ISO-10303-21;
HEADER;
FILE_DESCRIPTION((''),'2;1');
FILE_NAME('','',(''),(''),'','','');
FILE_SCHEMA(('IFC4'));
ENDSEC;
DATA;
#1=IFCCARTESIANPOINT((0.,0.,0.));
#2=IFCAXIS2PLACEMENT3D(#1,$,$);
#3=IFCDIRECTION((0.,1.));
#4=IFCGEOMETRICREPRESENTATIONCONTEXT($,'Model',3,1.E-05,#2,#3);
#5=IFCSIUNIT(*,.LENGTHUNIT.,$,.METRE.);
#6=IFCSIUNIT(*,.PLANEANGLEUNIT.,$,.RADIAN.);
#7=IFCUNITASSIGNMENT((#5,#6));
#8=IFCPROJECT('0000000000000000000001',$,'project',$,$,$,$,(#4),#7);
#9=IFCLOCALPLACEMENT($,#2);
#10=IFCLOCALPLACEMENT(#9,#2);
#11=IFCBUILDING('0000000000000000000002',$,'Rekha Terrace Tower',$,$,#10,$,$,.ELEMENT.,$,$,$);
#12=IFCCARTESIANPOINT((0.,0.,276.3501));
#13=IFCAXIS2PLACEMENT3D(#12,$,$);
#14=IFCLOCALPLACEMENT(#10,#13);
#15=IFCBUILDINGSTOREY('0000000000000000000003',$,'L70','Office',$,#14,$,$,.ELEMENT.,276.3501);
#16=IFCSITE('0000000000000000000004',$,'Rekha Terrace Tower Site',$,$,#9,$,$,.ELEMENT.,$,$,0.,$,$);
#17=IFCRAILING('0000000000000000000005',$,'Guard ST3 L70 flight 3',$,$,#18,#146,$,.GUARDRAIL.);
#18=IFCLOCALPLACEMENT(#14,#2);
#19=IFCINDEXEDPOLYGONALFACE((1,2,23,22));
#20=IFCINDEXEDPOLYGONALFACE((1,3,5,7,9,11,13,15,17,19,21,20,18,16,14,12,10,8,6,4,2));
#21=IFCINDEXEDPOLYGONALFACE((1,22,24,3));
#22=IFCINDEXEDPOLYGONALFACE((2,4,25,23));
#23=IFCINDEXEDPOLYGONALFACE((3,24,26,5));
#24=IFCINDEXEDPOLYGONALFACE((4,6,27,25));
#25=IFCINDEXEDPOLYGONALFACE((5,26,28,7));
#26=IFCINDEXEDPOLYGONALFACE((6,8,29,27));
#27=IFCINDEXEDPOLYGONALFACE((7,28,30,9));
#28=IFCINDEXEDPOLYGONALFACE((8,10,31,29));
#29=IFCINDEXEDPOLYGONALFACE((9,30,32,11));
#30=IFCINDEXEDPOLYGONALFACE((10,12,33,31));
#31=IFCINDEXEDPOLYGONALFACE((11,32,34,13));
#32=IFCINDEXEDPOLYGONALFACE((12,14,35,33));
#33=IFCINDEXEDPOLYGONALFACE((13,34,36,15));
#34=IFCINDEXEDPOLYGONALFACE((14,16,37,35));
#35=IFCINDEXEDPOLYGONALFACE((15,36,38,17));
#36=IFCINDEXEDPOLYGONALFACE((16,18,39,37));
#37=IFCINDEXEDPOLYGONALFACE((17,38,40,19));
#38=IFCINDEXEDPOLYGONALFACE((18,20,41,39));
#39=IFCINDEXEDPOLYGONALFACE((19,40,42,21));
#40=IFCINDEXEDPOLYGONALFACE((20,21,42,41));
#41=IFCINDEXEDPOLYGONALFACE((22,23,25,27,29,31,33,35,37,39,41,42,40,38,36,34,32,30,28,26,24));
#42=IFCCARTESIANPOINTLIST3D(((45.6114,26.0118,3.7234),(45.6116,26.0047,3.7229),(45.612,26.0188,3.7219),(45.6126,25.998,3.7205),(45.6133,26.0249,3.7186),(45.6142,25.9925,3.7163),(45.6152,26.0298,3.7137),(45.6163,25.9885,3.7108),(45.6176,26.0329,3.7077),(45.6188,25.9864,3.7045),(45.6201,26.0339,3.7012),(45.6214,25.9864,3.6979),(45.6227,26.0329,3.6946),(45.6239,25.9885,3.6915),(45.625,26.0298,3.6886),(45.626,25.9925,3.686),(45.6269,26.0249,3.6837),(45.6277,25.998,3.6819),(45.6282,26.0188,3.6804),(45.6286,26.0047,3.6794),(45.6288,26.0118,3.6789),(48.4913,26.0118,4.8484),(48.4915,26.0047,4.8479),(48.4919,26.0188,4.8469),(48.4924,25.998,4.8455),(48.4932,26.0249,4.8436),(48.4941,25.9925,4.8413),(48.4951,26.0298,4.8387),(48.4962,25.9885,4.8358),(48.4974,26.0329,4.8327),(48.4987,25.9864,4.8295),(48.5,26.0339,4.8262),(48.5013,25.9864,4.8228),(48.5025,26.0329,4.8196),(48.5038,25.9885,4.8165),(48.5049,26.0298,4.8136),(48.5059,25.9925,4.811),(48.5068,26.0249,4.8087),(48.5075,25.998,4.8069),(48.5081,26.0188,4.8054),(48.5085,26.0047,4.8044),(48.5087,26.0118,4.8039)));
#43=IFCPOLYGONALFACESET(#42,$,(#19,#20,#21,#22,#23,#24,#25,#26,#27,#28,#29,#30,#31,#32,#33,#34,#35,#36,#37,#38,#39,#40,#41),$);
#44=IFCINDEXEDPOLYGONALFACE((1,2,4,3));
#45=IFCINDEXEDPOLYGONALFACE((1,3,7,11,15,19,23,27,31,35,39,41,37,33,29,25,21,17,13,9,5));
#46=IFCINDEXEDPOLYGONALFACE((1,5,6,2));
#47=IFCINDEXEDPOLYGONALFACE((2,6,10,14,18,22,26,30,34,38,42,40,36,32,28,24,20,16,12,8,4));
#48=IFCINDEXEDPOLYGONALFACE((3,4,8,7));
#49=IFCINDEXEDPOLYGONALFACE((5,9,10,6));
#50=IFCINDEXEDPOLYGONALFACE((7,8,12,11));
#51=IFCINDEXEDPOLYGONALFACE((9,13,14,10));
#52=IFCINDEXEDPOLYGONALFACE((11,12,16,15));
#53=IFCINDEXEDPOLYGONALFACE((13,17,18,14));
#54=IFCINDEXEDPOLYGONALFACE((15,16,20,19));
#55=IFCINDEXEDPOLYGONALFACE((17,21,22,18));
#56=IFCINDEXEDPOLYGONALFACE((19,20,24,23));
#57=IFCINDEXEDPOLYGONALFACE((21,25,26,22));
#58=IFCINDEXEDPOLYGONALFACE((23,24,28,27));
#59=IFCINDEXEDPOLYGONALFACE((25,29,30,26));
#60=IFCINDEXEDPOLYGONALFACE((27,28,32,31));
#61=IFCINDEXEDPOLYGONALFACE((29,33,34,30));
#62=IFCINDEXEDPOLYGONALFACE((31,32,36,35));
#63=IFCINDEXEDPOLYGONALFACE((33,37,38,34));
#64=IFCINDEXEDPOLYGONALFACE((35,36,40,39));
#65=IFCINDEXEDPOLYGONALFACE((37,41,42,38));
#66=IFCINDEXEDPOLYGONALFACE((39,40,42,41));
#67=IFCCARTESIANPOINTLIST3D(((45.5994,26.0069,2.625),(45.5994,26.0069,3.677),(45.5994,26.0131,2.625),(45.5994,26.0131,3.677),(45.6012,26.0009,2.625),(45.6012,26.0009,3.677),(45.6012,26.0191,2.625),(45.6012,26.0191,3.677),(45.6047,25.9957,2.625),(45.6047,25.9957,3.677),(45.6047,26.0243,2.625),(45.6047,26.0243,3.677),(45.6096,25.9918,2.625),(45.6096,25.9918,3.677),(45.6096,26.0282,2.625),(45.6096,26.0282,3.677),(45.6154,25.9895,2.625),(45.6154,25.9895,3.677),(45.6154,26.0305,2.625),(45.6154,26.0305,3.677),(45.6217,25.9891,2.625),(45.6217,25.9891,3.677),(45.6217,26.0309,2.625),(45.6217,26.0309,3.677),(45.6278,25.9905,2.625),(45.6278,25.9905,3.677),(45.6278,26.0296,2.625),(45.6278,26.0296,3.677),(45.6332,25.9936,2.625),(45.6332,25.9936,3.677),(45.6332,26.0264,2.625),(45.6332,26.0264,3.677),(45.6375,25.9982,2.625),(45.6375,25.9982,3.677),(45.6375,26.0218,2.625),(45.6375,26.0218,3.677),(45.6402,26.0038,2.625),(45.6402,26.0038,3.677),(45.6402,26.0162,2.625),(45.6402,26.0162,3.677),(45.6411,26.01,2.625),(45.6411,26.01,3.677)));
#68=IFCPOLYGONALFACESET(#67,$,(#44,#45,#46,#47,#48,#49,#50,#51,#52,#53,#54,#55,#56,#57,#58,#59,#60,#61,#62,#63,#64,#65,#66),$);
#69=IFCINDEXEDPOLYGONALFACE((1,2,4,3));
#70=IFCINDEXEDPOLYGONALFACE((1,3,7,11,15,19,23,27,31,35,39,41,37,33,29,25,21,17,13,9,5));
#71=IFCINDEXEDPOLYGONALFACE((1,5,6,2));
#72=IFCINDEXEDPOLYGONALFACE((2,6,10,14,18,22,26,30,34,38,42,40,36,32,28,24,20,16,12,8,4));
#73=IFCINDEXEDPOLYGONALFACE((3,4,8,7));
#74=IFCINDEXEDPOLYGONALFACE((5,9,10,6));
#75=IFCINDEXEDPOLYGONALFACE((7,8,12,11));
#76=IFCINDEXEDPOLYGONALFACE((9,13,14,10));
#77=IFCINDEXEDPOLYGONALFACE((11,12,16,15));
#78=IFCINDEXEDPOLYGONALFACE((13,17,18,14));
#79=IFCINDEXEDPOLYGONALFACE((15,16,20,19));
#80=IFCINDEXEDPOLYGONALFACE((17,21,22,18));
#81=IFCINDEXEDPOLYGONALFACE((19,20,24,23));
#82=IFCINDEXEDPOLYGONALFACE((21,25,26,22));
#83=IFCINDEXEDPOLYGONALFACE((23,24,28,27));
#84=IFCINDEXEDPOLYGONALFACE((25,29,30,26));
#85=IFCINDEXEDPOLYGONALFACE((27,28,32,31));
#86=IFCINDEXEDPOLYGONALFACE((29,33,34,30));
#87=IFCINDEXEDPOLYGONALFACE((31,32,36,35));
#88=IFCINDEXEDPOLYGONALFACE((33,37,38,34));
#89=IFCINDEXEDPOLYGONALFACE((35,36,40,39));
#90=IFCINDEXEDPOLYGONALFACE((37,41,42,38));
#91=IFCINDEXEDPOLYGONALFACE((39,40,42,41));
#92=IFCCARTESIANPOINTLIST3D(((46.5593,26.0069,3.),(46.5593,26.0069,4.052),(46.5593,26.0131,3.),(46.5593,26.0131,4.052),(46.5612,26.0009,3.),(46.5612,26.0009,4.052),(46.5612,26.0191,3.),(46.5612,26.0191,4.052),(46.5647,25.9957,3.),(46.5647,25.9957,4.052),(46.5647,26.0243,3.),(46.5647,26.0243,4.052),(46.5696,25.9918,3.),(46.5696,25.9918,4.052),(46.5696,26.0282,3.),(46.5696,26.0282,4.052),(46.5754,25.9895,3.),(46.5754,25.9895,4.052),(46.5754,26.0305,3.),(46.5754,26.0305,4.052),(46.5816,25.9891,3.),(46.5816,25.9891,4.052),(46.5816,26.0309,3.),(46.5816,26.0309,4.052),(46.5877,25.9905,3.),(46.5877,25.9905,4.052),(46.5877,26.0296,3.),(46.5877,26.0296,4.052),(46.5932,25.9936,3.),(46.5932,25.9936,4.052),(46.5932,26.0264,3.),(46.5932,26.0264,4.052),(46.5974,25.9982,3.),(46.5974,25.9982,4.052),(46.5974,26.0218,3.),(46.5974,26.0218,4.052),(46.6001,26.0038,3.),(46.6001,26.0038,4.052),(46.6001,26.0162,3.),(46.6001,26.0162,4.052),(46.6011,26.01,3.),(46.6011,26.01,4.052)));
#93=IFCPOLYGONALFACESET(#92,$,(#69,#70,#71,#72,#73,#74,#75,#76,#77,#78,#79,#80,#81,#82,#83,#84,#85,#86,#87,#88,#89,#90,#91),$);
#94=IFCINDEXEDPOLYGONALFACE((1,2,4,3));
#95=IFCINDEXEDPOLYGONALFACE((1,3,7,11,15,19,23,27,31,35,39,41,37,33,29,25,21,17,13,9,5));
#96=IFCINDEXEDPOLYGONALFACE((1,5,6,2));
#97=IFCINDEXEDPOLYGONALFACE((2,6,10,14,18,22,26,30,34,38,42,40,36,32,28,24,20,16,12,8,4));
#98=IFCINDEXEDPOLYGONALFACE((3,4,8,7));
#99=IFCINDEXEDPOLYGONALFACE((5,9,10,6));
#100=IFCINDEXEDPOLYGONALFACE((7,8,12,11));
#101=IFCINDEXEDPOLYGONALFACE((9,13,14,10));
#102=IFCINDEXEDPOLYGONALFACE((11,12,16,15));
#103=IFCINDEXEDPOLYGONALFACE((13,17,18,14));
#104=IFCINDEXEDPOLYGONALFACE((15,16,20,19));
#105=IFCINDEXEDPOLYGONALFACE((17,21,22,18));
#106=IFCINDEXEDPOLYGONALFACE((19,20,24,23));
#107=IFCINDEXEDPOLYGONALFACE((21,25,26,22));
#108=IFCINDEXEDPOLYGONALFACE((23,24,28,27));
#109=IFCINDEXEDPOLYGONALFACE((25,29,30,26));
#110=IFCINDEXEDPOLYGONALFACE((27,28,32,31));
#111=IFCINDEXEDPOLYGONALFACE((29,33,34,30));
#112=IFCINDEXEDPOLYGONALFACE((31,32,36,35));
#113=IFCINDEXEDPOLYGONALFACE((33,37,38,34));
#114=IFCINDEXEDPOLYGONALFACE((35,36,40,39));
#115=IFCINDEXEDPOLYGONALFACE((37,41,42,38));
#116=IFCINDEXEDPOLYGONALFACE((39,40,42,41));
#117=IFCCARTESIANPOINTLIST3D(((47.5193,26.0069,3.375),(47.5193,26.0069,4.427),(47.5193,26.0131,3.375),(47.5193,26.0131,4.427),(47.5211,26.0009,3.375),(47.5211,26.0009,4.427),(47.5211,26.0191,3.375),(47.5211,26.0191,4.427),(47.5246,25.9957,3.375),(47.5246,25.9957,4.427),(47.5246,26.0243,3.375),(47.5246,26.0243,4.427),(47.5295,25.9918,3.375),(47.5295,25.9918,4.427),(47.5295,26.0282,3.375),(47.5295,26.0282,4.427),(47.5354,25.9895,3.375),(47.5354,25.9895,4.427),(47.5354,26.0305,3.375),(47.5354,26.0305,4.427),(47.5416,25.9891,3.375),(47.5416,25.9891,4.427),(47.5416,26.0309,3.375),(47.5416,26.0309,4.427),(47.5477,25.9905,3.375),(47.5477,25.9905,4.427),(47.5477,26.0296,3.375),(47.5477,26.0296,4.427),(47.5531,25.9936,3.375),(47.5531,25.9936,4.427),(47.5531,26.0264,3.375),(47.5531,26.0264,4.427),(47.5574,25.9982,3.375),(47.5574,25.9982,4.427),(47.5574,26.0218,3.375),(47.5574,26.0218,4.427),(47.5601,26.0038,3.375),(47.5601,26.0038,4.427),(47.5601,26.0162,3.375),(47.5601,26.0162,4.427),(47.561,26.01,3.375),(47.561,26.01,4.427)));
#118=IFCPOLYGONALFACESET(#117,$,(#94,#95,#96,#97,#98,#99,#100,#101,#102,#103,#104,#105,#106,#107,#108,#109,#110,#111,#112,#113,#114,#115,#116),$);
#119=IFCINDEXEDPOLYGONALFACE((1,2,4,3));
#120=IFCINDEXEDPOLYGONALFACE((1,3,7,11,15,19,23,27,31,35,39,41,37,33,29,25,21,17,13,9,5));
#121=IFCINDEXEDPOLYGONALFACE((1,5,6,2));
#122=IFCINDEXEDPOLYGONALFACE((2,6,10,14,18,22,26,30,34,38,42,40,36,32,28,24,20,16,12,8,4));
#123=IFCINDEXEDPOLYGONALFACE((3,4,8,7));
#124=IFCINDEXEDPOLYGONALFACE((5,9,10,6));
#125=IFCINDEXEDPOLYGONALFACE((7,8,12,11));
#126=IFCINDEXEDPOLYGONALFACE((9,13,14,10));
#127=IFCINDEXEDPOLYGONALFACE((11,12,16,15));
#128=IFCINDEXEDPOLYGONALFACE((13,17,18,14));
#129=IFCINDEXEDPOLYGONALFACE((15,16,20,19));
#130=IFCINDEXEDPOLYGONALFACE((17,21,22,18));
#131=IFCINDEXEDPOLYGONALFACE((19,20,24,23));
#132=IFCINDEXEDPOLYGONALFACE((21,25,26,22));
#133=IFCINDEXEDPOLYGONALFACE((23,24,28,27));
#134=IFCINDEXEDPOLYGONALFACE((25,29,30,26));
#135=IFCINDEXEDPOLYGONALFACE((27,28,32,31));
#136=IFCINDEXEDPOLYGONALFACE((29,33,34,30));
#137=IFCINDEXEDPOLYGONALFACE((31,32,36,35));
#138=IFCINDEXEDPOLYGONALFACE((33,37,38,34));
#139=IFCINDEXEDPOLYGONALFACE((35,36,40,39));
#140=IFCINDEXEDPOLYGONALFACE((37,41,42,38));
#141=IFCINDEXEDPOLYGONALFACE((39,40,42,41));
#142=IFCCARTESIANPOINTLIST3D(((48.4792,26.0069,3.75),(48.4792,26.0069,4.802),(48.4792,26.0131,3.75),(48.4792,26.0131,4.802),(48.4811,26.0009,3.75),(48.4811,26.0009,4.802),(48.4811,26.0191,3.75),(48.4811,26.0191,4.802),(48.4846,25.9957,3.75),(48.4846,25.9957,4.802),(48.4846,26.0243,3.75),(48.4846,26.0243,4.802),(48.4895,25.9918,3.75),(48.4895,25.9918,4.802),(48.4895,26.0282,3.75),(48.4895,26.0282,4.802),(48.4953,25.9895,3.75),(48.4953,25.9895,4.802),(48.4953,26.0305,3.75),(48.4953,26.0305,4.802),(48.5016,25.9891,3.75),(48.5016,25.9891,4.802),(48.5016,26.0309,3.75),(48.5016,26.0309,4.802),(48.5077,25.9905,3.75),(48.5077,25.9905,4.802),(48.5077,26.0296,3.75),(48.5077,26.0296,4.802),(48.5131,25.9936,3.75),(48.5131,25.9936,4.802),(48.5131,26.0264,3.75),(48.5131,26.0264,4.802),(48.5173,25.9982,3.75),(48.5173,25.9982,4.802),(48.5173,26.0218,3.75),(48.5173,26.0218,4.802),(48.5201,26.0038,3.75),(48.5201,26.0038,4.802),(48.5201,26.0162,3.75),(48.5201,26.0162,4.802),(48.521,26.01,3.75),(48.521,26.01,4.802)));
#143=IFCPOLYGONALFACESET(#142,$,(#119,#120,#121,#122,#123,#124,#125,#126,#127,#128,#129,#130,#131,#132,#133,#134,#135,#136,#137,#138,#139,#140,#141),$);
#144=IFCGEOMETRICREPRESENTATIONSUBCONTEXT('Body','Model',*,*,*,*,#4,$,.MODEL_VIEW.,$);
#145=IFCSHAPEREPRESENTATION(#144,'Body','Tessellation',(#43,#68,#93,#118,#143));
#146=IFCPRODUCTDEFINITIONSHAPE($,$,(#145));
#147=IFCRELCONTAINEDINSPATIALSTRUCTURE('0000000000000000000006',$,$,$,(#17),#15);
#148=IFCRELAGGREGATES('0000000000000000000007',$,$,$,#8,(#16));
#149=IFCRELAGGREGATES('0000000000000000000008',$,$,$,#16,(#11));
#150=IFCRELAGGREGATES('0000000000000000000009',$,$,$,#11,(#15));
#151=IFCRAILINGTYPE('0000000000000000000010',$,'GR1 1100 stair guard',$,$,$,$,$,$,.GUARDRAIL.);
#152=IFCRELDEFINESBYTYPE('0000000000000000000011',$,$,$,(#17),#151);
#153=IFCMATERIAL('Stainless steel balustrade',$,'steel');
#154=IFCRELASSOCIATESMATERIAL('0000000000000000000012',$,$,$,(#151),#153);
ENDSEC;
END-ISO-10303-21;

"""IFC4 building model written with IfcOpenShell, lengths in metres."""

from ifc_helpers import new_model, si_unit, direction, frame, origin, origin_2d, place, context, subcontext, project, spatial, circle, extrude, material, type_object, element, save


model = new_model("IFC4")

# Units and contexts
model_context = context("Model", 3, precision=1e-05, world=origin(), true_north=direction((0.0, 1.0)))
body_context = subcontext(model_context, "Body", "Model", "MODEL_VIEW")
ifc_project = project(units=[si_unit("LENGTHUNIT", "METRE"), si_unit("PLANEANGLEUNIT", "RADIAN")], contexts=[model_context])

# Site, building, storey
site_placement = place(None, origin())
site = spatial("IfcSite", under=ifc_project, at=site_placement, Name="Rekha Terrace Tower Site", CompositionType="ELEMENT", RefElevation=0.0)
building_placement = place(site_placement, origin())
building = spatial("IfcBuilding", under=site, at=building_placement, Name="Rekha Terrace Tower", CompositionType="ELEMENT")
storey_placement = place(building_placement, frame((0.0, 0.0, 276.3501)))
storey = spatial("IfcBuildingStorey", under=building, at=storey_placement, Name="L70", Description="Office", CompositionType="ELEMENT", Elevation=276.3501)

# Railing
ifc_material_1 = material(Name="Stainless steel balustrade", Category="steel")
railing_type_1 = type_object("IfcRailingType", Name="GR1 1100 stair guard", PredefinedType="GUARDRAIL", material=ifc_material_1)
railing_1_placement = place(storey_placement, frame((45.6201, 26.01, 2.625)))
element("IfcRailing", 1, at=railing_1_placement, inside=storey, type_object=railing_type_1, Name="Guard ST3 L70 flight 3", PredefinedType="GUARDRAIL", context=body_context, shape_type="SweptSolid", body=[
    extrude(circle(Radius=0.0239, at=origin_2d()), frame((0.0, 0.0, 1.0762), z_axis=(0.931452, 0.0, 0.363863), x_axis=(0.0, 1.0, 0.0)), (0.0, 0.0, 1.0), 3.0918),
    extrude(circle(Radius=0.021, at=origin_2d()), origin(), (0.0, 0.0, 1.0), 1.052),
    extrude(circle(Radius=0.021, at=origin_2d()), frame((0.96, 0.0, 0.375)), (0.0, 0.0, 1.0), 1.052),
    extrude(circle(Radius=0.021, at=origin_2d()), frame((1.9199, 0.0, 0.75)), (0.0, 0.0, 1.0), 1.052),
    extrude(circle(Radius=0.021, at=origin_2d()), frame((2.8799, 0.0, 1.125)), (0.0, 0.0, 1.0), 1.052),
])

save(model, "model.ifc")
